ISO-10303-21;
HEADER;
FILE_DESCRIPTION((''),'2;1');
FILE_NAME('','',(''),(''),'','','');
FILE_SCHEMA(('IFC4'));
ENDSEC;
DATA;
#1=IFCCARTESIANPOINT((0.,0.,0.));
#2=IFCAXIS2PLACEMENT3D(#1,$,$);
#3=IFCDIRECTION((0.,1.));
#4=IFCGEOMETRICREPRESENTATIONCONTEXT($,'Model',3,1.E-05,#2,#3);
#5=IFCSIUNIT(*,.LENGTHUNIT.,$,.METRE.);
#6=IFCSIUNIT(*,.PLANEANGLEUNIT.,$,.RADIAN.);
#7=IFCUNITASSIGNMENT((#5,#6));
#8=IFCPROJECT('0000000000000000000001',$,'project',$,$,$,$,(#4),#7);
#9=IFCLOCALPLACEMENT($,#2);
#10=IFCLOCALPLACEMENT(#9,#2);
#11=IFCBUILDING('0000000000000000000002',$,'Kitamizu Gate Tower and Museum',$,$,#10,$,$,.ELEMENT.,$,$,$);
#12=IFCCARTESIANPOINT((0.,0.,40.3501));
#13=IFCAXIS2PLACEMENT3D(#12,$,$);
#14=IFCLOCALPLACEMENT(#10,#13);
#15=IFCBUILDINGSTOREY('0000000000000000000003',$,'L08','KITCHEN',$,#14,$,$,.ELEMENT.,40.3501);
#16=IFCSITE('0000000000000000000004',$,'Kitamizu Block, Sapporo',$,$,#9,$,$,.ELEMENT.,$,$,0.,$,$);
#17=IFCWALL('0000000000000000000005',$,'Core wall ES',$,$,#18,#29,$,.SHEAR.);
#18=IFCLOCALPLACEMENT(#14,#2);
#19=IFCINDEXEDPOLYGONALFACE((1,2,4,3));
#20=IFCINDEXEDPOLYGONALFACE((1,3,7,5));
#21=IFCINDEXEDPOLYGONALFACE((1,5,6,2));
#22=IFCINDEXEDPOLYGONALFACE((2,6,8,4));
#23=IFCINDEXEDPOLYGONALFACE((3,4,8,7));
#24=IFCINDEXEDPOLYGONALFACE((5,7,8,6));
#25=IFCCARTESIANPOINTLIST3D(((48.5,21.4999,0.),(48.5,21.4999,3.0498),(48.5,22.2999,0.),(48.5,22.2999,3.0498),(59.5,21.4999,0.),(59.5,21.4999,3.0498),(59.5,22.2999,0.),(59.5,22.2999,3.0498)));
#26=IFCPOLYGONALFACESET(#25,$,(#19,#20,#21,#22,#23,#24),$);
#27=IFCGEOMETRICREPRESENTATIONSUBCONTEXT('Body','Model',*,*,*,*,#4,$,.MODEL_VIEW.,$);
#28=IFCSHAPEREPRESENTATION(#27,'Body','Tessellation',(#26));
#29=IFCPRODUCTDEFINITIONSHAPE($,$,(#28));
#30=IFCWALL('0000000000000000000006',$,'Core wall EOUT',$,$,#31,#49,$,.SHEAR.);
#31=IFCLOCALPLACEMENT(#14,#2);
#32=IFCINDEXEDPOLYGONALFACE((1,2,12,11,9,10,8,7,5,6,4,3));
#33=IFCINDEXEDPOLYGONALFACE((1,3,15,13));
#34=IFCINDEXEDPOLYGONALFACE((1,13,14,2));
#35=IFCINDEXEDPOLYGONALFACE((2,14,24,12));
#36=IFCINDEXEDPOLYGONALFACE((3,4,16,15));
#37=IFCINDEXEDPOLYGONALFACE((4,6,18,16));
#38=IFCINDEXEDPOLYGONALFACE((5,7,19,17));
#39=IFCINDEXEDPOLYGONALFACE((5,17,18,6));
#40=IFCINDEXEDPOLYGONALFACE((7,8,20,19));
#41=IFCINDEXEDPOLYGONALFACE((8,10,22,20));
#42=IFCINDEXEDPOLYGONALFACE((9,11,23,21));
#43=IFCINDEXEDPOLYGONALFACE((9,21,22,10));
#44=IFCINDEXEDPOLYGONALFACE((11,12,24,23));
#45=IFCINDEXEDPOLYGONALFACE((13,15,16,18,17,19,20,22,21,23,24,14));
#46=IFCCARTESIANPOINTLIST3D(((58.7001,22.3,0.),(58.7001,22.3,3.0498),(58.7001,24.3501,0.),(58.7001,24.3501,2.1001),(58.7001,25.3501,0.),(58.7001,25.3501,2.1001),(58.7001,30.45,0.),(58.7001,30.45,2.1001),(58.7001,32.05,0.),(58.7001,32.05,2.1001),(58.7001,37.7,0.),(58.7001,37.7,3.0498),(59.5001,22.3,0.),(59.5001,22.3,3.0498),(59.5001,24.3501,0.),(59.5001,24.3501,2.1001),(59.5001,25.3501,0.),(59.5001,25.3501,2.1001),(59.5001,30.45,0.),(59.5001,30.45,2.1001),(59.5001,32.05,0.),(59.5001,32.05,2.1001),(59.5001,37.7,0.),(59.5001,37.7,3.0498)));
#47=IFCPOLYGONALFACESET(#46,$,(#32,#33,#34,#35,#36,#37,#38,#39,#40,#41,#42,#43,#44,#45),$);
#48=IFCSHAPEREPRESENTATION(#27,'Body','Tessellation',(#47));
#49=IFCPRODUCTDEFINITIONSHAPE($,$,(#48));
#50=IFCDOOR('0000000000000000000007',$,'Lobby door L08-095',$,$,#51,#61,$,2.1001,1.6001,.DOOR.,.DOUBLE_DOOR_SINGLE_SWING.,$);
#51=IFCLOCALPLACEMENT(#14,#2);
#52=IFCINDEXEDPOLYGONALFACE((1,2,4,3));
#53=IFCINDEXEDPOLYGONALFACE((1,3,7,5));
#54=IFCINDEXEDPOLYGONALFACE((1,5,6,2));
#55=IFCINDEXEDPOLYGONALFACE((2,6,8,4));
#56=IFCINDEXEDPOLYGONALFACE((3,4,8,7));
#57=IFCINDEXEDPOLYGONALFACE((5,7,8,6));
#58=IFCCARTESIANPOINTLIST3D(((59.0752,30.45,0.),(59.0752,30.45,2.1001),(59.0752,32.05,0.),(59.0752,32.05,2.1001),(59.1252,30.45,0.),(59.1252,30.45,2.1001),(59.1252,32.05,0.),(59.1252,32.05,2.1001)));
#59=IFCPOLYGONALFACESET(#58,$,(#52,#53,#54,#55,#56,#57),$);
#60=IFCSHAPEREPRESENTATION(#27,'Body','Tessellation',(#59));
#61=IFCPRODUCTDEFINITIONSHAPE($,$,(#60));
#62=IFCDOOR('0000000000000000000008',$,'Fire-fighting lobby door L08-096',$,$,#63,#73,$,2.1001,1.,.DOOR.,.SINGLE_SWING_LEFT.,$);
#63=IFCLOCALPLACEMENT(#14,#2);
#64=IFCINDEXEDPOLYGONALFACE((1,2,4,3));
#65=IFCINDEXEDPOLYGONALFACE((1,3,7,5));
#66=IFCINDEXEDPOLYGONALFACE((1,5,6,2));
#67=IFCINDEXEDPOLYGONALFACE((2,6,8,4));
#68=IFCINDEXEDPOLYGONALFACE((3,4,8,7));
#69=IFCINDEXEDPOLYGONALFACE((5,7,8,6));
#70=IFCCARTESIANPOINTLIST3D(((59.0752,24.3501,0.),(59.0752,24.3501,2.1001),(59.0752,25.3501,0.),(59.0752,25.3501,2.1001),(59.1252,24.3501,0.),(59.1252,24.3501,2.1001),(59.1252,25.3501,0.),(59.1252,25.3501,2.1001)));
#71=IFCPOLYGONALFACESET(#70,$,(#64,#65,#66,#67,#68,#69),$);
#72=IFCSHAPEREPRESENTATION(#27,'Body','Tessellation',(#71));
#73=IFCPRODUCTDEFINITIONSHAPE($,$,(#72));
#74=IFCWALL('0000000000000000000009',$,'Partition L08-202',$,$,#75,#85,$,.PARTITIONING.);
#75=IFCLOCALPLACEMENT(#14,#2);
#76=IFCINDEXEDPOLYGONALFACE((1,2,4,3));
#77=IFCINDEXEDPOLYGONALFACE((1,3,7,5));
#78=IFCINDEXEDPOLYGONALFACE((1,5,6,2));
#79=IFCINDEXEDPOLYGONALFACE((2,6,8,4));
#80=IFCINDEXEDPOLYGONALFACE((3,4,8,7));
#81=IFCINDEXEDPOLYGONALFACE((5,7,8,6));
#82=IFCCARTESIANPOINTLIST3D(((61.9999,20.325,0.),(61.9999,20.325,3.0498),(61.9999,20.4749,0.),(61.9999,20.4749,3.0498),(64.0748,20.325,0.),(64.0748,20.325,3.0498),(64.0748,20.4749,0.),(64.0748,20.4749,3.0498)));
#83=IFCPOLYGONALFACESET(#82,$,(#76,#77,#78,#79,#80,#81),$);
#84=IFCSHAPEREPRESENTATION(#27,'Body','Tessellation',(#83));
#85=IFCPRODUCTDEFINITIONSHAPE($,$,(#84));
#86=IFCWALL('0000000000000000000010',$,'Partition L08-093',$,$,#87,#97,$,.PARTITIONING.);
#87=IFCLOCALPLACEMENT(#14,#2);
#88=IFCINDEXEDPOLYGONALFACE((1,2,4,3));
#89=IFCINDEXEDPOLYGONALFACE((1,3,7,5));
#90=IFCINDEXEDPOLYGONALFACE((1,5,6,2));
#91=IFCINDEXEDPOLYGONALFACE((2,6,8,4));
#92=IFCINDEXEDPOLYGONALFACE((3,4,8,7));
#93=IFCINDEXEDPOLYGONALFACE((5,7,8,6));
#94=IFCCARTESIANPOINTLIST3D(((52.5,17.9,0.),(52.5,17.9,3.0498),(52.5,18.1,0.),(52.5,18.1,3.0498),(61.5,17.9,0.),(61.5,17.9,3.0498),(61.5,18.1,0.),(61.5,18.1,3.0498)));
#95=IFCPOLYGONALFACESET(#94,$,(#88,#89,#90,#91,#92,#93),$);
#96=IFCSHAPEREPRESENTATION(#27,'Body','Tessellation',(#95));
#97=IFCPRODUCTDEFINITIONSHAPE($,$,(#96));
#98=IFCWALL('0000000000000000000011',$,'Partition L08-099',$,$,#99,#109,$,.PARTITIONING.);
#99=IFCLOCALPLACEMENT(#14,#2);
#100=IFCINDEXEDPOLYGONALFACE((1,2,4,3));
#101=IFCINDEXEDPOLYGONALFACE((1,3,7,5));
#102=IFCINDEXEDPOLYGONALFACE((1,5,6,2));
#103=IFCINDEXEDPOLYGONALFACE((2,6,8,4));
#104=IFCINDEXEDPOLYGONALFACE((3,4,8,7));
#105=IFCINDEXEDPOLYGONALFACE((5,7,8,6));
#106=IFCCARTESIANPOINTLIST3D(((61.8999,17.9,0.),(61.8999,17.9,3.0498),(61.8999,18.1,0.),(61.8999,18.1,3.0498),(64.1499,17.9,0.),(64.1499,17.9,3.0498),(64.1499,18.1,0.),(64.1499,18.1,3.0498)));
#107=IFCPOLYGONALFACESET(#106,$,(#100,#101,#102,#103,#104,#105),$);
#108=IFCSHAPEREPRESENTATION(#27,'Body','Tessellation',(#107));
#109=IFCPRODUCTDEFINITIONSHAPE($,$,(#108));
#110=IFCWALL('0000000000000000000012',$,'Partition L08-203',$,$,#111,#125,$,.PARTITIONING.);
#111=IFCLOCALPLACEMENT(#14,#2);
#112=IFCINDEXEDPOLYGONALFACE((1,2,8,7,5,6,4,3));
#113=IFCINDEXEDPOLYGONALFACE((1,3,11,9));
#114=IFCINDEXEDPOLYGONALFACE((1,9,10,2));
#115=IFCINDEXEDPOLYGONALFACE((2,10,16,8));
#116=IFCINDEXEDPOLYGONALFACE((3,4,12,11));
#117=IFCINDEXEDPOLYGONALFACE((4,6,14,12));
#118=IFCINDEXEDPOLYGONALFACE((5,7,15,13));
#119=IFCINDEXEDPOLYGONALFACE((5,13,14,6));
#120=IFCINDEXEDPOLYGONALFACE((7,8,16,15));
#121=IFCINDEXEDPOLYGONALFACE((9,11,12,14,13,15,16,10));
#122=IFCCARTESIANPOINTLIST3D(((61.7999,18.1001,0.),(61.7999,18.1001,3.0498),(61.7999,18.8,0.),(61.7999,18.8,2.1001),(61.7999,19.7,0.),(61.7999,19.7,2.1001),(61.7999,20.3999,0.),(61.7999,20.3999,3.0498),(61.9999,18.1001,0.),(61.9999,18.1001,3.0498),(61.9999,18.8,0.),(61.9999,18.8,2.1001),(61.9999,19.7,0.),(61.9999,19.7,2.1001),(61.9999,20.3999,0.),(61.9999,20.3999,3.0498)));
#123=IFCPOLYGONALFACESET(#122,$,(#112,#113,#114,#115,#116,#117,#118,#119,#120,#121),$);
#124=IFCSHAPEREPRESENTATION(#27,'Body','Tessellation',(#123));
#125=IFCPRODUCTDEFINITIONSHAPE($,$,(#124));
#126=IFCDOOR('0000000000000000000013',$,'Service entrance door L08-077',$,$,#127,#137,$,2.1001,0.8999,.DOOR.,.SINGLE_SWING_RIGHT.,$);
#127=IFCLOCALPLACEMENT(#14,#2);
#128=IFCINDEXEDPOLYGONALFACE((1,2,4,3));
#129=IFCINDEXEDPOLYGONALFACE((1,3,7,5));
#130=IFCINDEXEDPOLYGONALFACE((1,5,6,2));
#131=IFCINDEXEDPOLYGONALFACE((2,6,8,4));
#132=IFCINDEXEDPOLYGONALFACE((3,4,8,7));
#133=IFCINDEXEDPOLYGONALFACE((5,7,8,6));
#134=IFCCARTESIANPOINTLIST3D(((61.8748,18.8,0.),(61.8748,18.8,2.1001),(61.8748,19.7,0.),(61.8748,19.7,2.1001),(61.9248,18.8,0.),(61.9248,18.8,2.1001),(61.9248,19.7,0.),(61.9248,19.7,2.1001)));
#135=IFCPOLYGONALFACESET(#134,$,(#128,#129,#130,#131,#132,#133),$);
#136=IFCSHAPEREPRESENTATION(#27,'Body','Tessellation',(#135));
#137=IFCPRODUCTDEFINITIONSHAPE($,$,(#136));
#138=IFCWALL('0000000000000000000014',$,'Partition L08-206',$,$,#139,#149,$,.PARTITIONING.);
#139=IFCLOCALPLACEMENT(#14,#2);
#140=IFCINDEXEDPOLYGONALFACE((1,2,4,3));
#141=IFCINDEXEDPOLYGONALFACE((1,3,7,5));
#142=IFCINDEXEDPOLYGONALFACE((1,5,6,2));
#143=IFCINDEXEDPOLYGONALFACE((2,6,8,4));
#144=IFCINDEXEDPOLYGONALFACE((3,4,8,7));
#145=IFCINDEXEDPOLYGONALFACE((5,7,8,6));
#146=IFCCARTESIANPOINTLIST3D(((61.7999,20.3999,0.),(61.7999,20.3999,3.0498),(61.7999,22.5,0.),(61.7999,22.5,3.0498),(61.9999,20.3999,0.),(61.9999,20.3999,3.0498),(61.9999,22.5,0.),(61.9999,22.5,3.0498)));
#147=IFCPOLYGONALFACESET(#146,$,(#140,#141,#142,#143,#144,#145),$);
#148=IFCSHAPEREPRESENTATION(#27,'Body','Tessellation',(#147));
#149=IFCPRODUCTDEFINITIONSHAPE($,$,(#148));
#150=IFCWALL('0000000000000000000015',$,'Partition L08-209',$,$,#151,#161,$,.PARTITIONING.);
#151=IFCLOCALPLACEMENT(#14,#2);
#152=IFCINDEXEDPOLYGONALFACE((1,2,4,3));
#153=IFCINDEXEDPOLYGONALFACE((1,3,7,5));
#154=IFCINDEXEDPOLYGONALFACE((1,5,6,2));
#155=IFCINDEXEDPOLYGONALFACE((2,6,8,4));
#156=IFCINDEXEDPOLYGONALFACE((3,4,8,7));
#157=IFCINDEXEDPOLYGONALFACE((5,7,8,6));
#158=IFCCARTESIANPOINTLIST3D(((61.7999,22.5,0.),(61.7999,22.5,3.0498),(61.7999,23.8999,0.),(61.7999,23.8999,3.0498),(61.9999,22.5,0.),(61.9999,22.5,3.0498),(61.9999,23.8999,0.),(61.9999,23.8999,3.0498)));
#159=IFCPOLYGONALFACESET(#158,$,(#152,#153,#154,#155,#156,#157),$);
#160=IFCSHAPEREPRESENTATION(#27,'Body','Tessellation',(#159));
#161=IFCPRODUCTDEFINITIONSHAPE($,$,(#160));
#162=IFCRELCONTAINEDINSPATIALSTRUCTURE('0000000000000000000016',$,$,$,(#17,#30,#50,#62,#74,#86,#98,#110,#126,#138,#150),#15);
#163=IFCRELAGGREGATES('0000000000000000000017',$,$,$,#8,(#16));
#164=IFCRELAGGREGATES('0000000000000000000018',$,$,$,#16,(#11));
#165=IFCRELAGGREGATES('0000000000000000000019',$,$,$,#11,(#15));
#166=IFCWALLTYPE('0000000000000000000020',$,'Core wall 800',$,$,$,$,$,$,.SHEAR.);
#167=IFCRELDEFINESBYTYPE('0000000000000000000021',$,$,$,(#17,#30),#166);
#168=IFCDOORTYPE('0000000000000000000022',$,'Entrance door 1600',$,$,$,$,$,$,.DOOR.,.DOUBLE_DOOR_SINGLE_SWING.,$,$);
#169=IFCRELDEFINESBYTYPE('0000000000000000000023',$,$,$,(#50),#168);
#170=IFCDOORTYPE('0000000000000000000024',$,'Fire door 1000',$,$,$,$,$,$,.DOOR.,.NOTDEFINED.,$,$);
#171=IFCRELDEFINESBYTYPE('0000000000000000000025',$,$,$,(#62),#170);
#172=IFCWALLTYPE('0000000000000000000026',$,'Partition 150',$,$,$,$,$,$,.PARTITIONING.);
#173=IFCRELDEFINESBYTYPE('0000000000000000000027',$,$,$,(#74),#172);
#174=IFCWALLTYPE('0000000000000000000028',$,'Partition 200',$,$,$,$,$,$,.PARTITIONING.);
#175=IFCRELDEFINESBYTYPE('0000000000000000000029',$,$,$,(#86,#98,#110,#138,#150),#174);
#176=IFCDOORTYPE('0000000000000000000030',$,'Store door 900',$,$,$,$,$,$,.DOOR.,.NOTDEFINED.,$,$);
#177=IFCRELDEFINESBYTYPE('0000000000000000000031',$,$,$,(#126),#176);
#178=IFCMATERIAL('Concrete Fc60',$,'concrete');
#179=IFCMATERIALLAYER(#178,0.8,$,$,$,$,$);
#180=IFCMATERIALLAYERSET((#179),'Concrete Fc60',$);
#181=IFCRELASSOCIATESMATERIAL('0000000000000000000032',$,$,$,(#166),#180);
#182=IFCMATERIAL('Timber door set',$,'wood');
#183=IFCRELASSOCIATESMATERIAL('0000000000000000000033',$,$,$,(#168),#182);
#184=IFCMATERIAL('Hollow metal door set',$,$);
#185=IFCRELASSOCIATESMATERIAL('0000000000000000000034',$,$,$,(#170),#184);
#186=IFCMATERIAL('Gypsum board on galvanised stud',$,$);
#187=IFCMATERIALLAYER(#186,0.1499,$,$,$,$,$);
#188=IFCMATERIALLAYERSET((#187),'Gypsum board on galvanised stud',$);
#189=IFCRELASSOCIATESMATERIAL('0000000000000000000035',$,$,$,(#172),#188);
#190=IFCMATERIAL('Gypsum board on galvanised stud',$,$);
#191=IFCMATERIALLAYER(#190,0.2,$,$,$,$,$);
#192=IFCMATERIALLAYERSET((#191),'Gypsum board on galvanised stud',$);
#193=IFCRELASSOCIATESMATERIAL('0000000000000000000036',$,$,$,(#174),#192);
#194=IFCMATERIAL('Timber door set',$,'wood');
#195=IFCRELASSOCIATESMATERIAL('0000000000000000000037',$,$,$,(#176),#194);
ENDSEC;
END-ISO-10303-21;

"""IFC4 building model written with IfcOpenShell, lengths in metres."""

from ifc_helpers import new_model, si_unit, direction, frame, frame_2d, origin, place, context, subcontext, project, spatial, rectangle, extrude, material, layer, layer_set, type_object, element, fill, save


model = new_model("IFC4")

# Units and contexts
model_context = context("Model", 3, precision=1e-05, world=origin(), true_north=direction((0.0, 1.0)))
body_context = subcontext(model_context, "Body", "Model", "MODEL_VIEW")
ifc_project = project(units=[si_unit("LENGTHUNIT", "METRE"), si_unit("PLANEANGLEUNIT", "RADIAN")], contexts=[model_context])

# Site, building, storey
site_placement = place(None, origin())
site = spatial("IfcSite", under=ifc_project, at=site_placement, Name="Kitamizu Block, Sapporo", CompositionType="ELEMENT", RefElevation=0.0)
building_placement = place(site_placement, origin())
building = spatial("IfcBuilding", under=site, at=building_placement, Name="Kitamizu Gate Tower and Museum", CompositionType="ELEMENT")
storey_placement = place(building_placement, frame((0.0, 0.0, 40.3501)))
storey = spatial("IfcBuildingStorey", under=building, at=storey_placement, Name="L08", Description="KITCHEN", CompositionType="ELEMENT", Elevation=40.3501)

# Wall
ifc_material_1 = material(Name="Concrete Fc60", Category="concrete")
ifc_layer_1 = layer(ifc_material_1, 0.8)
ifc_layer_set_1 = layer_set([ifc_layer_1], Name="Concrete Fc60")
wall_type_1 = type_object("IfcWallType", Name="Core wall 800", PredefinedType="SHEAR", material=ifc_layer_set_1)
wall_1_placement = place(storey_placement, frame((59.5, 21.8999, 0.0), z_axis=(0.0, 0.0, 1.0), x_axis=(-1.0, 0.0, 0.0)))
element("IfcWall", 1, at=wall_1_placement, inside=storey, type_object=wall_type_1, Name="Core wall ES", PredefinedType="SHEAR", context=body_context, shape_type="SweptSolid", body=[
    extrude(rectangle(XDim=11.0, YDim=0.8, at=frame_2d((5.5, 0.0))), origin(), (0.0, 0.0, 1.0), 3.0498),
])

# Wall, openings, doors
wall_2_placement = place(storey_placement, frame((59.1001, 22.3, 0.0), z_axis=(0.0, 0.0, 1.0), x_axis=(0.0, 1.0, 0.0)))
wall_2 = element("IfcWall", 2, at=wall_2_placement, inside=storey, type_object=wall_type_1, Name="Core wall EOUT", PredefinedType="SHEAR", context=body_context, shape_type="SweptSolid", body=[
    extrude(rectangle(XDim=15.3999, YDim=0.8, at=frame_2d((7.7, 0.0))), origin(), (0.0, 0.0, 1.0), 3.0498),
])
opening_1_placement = place(wall_2_placement, frame((8.1499, 0.0, 0.0)))
opening_1 = element("IfcOpeningElement", 3, at=opening_1_placement, cuts=wall_2, PredefinedType="OPENING", context=body_context, shape_type="SweptSolid", body=[
    extrude(rectangle(XDim=1.6001, YDim=2.1001, at=frame_2d((0.8, 1.05))), frame((0.0, 0.4102, 0.0), z_axis=(0.0, -1.0, 0.0), x_axis=(1.0, 0.0, 0.0)), (0.0, 0.0, 1.0), 0.8201),
])
opening_2_placement = place(wall_2_placement, frame((2.05, 0.0, 0.0)))
opening_2 = element("IfcOpeningElement", 4, at=opening_2_placement, cuts=wall_2, PredefinedType="OPENING", context=body_context, shape_type="SweptSolid", body=[
    extrude(rectangle(XDim=1.0, YDim=2.1001, at=frame_2d((0.5, 1.05))), frame((0.0, 0.4102, 0.0), z_axis=(0.0, -1.0, 0.0), x_axis=(1.0, 0.0, 0.0)), (0.0, 0.0, 1.0), 0.8201),
])
ifc_material_2 = material(Name="Timber door set", Category="wood")
door_type_1 = type_object("IfcDoorType", Name="Entrance door 1600", OperationType="DOUBLE_DOOR_SINGLE_SWING", PredefinedType="DOOR", material=ifc_material_2)
door_1_placement = place(opening_1_placement, origin())
door_1 = element("IfcDoor", 5, at=door_1_placement, inside=storey, type_object=door_type_1, Name="Lobby door L08-095", OperationType="DOUBLE_DOOR_SINGLE_SWING", OverallHeight=2.1001, OverallWidth=1.6001, PredefinedType="DOOR", context=body_context, shape_type="SweptSolid", body=[
    extrude(rectangle(XDim=1.6001, YDim=2.1001, at=frame_2d((0.8, 1.05))), frame((0.0, 0.0249, 0.0), z_axis=(0.0, -1.0, 0.0), x_axis=(1.0, 0.0, 0.0)), (0.0, 0.0, 1.0), 0.05),
])
fill(opening_1, door_1)
ifc_material_3 = material(Name="Hollow metal door set")
door_type_2 = type_object("IfcDoorType", Name="Fire door 1000", OperationType="NOTDEFINED", PredefinedType="DOOR", material=ifc_material_3)
door_2_placement = place(opening_2_placement, origin())
door_2 = element("IfcDoor", 6, at=door_2_placement, inside=storey, type_object=door_type_2, Name="Fire-fighting lobby door L08-096", OperationType="SINGLE_SWING_LEFT", OverallHeight=2.1001, OverallWidth=1.0, PredefinedType="DOOR", context=body_context, shape_type="SweptSolid", body=[
    extrude(rectangle(XDim=1.0, YDim=2.1001, at=frame_2d((0.5, 1.05))), frame((0.0, 0.0249, 0.0), z_axis=(0.0, -1.0, 0.0), x_axis=(1.0, 0.0, 0.0)), (0.0, 0.0, 1.0), 0.05),
])
fill(opening_2, door_2)

# Walls
ifc_material_4 = material(Name="Gypsum board on galvanised stud")
ifc_layer_2 = layer(ifc_material_4, 0.1499)
ifc_layer_set_2 = layer_set([ifc_layer_2], Name="Gypsum board on galvanised stud")
wall_type_2 = type_object("IfcWallType", Name="Partition 150", PredefinedType="PARTITIONING", material=ifc_layer_set_2)
wall_3_placement = place(storey_placement, frame((64.075, 20.3999, 0.0), z_axis=(0.0, 0.0, 1.0), x_axis=(-1.0, 0.0, 0.0)))
element("IfcWall", 7, at=wall_3_placement, inside=storey, type_object=wall_type_2, Name="Partition L08-202", PredefinedType="PARTITIONING", context=body_context, shape_type="SweptSolid", body=[
    extrude(rectangle(XDim=2.075, YDim=0.1499, at=frame_2d((1.0376, 0.0))), origin(), (0.0, 0.0, 1.0), 3.0498),
])
ifc_material_5 = material(Name="Gypsum board on galvanised stud")
ifc_layer_3 = layer(ifc_material_5, 0.2)
ifc_layer_set_3 = layer_set([ifc_layer_3], Name="Gypsum board on galvanised stud")
wall_type_3 = type_object("IfcWallType", Name="Partition 200", PredefinedType="PARTITIONING", material=ifc_layer_set_3)
wall_4_placement = place(storey_placement, frame((61.5, 18.0, 0.0), z_axis=(0.0, 0.0, 1.0), x_axis=(-1.0, 0.0, 0.0)))
element("IfcWall", 8, at=wall_4_placement, inside=storey, type_object=wall_type_3, Name="Partition L08-093", PredefinedType="PARTITIONING", context=body_context, shape_type="SweptSolid", body=[
    extrude(rectangle(XDim=9.0, YDim=0.2, at=frame_2d((4.5, 0.0))), origin(), (0.0, 0.0, 1.0), 3.0498),
])
wall_5_placement = place(storey_placement, frame((64.1499, 18.0, 0.0), z_axis=(0.0, 0.0, 1.0), x_axis=(-1.0, 0.0, 0.0)))
element("IfcWall", 9, at=wall_5_placement, inside=storey, type_object=wall_type_3, Name="Partition L08-099", PredefinedType="PARTITIONING", context=body_context, shape_type="SweptSolid", body=[
    extrude(rectangle(XDim=2.25, YDim=0.2, at=frame_2d((1.125, 0.0))), origin(), (0.0, 0.0, 1.0), 3.0498),
])

# Wall, opening, door
wall_6_placement = place(storey_placement, frame((61.8999, 20.3999, 0.0), z_axis=(0.0, 0.0, 1.0), x_axis=(0.0, -1.0, 0.0)))
wall_6 = element("IfcWall", 10, at=wall_6_placement, inside=storey, type_object=wall_type_3, Name="Partition L08-203", PredefinedType="PARTITIONING", context=body_context, shape_type="SweptSolid", body=[
    extrude(rectangle(XDim=2.2998, YDim=0.2, at=frame_2d((1.1499, 0.0))), origin(), (0.0, 0.0, 1.0), 3.0498),
])
opening_3_placement = place(wall_6_placement, frame((0.7, 0.0, 0.0)))
opening_3 = element("IfcOpeningElement", 11, at=opening_3_placement, cuts=wall_6, PredefinedType="OPENING", context=body_context, shape_type="SweptSolid", body=[
    extrude(rectangle(XDim=0.8999, YDim=2.1001, at=frame_2d((0.45, 1.05))), frame((0.0, 0.1099, 0.0), z_axis=(0.0, -1.0, 0.0), x_axis=(1.0, 0.0, 0.0)), (0.0, 0.0, 1.0), 0.22),
])
ifc_material_6 = material(Name="Timber door set", Category="wood")
door_type_3 = type_object("IfcDoorType", Name="Store door 900", OperationType="NOTDEFINED", PredefinedType="DOOR", material=ifc_material_6)
door_3_placement = place(opening_3_placement, origin())
door_3 = element("IfcDoor", 12, at=door_3_placement, inside=storey, type_object=door_type_3, Name="Service entrance door L08-077", OperationType="SINGLE_SWING_RIGHT", OverallHeight=2.1001, OverallWidth=0.8999, PredefinedType="DOOR", context=body_context, shape_type="SweptSolid", body=[
    extrude(rectangle(XDim=0.8999, YDim=2.1001, at=frame_2d((0.45, 1.05))), frame((0.0, 0.0249, 0.0), z_axis=(0.0, -1.0, 0.0), x_axis=(1.0, 0.0, 0.0)), (0.0, 0.0, 1.0), 0.05),
])
fill(opening_3, door_3)

# Walls
wall_7_placement = place(storey_placement, frame((61.8999, 22.5, 0.0), z_axis=(0.0, 0.0, 1.0), x_axis=(0.0, -1.0, 0.0)))
element("IfcWall", 13, at=wall_7_placement, inside=storey, type_object=wall_type_3, Name="Partition L08-206", PredefinedType="PARTITIONING", context=body_context, shape_type="SweptSolid", body=[
    extrude(rectangle(XDim=2.1001, YDim=0.2, at=frame_2d((1.05, 0.0))), origin(), (0.0, 0.0, 1.0), 3.0498),
])
wall_8_placement = place(storey_placement, frame((61.8999, 23.8999, 0.0), z_axis=(0.0, 0.0, 1.0), x_axis=(0.0, -1.0, 0.0)))
element("IfcWall", 14, at=wall_8_placement, inside=storey, type_object=wall_type_3, Name="Partition L08-209", PredefinedType="PARTITIONING", context=body_context, shape_type="SweptSolid", body=[
    extrude(rectangle(XDim=1.3999, YDim=0.2, at=frame_2d((0.7, 0.0))), origin(), (0.0, 0.0, 1.0), 3.0498),
])

save(model, "model.ifc")
